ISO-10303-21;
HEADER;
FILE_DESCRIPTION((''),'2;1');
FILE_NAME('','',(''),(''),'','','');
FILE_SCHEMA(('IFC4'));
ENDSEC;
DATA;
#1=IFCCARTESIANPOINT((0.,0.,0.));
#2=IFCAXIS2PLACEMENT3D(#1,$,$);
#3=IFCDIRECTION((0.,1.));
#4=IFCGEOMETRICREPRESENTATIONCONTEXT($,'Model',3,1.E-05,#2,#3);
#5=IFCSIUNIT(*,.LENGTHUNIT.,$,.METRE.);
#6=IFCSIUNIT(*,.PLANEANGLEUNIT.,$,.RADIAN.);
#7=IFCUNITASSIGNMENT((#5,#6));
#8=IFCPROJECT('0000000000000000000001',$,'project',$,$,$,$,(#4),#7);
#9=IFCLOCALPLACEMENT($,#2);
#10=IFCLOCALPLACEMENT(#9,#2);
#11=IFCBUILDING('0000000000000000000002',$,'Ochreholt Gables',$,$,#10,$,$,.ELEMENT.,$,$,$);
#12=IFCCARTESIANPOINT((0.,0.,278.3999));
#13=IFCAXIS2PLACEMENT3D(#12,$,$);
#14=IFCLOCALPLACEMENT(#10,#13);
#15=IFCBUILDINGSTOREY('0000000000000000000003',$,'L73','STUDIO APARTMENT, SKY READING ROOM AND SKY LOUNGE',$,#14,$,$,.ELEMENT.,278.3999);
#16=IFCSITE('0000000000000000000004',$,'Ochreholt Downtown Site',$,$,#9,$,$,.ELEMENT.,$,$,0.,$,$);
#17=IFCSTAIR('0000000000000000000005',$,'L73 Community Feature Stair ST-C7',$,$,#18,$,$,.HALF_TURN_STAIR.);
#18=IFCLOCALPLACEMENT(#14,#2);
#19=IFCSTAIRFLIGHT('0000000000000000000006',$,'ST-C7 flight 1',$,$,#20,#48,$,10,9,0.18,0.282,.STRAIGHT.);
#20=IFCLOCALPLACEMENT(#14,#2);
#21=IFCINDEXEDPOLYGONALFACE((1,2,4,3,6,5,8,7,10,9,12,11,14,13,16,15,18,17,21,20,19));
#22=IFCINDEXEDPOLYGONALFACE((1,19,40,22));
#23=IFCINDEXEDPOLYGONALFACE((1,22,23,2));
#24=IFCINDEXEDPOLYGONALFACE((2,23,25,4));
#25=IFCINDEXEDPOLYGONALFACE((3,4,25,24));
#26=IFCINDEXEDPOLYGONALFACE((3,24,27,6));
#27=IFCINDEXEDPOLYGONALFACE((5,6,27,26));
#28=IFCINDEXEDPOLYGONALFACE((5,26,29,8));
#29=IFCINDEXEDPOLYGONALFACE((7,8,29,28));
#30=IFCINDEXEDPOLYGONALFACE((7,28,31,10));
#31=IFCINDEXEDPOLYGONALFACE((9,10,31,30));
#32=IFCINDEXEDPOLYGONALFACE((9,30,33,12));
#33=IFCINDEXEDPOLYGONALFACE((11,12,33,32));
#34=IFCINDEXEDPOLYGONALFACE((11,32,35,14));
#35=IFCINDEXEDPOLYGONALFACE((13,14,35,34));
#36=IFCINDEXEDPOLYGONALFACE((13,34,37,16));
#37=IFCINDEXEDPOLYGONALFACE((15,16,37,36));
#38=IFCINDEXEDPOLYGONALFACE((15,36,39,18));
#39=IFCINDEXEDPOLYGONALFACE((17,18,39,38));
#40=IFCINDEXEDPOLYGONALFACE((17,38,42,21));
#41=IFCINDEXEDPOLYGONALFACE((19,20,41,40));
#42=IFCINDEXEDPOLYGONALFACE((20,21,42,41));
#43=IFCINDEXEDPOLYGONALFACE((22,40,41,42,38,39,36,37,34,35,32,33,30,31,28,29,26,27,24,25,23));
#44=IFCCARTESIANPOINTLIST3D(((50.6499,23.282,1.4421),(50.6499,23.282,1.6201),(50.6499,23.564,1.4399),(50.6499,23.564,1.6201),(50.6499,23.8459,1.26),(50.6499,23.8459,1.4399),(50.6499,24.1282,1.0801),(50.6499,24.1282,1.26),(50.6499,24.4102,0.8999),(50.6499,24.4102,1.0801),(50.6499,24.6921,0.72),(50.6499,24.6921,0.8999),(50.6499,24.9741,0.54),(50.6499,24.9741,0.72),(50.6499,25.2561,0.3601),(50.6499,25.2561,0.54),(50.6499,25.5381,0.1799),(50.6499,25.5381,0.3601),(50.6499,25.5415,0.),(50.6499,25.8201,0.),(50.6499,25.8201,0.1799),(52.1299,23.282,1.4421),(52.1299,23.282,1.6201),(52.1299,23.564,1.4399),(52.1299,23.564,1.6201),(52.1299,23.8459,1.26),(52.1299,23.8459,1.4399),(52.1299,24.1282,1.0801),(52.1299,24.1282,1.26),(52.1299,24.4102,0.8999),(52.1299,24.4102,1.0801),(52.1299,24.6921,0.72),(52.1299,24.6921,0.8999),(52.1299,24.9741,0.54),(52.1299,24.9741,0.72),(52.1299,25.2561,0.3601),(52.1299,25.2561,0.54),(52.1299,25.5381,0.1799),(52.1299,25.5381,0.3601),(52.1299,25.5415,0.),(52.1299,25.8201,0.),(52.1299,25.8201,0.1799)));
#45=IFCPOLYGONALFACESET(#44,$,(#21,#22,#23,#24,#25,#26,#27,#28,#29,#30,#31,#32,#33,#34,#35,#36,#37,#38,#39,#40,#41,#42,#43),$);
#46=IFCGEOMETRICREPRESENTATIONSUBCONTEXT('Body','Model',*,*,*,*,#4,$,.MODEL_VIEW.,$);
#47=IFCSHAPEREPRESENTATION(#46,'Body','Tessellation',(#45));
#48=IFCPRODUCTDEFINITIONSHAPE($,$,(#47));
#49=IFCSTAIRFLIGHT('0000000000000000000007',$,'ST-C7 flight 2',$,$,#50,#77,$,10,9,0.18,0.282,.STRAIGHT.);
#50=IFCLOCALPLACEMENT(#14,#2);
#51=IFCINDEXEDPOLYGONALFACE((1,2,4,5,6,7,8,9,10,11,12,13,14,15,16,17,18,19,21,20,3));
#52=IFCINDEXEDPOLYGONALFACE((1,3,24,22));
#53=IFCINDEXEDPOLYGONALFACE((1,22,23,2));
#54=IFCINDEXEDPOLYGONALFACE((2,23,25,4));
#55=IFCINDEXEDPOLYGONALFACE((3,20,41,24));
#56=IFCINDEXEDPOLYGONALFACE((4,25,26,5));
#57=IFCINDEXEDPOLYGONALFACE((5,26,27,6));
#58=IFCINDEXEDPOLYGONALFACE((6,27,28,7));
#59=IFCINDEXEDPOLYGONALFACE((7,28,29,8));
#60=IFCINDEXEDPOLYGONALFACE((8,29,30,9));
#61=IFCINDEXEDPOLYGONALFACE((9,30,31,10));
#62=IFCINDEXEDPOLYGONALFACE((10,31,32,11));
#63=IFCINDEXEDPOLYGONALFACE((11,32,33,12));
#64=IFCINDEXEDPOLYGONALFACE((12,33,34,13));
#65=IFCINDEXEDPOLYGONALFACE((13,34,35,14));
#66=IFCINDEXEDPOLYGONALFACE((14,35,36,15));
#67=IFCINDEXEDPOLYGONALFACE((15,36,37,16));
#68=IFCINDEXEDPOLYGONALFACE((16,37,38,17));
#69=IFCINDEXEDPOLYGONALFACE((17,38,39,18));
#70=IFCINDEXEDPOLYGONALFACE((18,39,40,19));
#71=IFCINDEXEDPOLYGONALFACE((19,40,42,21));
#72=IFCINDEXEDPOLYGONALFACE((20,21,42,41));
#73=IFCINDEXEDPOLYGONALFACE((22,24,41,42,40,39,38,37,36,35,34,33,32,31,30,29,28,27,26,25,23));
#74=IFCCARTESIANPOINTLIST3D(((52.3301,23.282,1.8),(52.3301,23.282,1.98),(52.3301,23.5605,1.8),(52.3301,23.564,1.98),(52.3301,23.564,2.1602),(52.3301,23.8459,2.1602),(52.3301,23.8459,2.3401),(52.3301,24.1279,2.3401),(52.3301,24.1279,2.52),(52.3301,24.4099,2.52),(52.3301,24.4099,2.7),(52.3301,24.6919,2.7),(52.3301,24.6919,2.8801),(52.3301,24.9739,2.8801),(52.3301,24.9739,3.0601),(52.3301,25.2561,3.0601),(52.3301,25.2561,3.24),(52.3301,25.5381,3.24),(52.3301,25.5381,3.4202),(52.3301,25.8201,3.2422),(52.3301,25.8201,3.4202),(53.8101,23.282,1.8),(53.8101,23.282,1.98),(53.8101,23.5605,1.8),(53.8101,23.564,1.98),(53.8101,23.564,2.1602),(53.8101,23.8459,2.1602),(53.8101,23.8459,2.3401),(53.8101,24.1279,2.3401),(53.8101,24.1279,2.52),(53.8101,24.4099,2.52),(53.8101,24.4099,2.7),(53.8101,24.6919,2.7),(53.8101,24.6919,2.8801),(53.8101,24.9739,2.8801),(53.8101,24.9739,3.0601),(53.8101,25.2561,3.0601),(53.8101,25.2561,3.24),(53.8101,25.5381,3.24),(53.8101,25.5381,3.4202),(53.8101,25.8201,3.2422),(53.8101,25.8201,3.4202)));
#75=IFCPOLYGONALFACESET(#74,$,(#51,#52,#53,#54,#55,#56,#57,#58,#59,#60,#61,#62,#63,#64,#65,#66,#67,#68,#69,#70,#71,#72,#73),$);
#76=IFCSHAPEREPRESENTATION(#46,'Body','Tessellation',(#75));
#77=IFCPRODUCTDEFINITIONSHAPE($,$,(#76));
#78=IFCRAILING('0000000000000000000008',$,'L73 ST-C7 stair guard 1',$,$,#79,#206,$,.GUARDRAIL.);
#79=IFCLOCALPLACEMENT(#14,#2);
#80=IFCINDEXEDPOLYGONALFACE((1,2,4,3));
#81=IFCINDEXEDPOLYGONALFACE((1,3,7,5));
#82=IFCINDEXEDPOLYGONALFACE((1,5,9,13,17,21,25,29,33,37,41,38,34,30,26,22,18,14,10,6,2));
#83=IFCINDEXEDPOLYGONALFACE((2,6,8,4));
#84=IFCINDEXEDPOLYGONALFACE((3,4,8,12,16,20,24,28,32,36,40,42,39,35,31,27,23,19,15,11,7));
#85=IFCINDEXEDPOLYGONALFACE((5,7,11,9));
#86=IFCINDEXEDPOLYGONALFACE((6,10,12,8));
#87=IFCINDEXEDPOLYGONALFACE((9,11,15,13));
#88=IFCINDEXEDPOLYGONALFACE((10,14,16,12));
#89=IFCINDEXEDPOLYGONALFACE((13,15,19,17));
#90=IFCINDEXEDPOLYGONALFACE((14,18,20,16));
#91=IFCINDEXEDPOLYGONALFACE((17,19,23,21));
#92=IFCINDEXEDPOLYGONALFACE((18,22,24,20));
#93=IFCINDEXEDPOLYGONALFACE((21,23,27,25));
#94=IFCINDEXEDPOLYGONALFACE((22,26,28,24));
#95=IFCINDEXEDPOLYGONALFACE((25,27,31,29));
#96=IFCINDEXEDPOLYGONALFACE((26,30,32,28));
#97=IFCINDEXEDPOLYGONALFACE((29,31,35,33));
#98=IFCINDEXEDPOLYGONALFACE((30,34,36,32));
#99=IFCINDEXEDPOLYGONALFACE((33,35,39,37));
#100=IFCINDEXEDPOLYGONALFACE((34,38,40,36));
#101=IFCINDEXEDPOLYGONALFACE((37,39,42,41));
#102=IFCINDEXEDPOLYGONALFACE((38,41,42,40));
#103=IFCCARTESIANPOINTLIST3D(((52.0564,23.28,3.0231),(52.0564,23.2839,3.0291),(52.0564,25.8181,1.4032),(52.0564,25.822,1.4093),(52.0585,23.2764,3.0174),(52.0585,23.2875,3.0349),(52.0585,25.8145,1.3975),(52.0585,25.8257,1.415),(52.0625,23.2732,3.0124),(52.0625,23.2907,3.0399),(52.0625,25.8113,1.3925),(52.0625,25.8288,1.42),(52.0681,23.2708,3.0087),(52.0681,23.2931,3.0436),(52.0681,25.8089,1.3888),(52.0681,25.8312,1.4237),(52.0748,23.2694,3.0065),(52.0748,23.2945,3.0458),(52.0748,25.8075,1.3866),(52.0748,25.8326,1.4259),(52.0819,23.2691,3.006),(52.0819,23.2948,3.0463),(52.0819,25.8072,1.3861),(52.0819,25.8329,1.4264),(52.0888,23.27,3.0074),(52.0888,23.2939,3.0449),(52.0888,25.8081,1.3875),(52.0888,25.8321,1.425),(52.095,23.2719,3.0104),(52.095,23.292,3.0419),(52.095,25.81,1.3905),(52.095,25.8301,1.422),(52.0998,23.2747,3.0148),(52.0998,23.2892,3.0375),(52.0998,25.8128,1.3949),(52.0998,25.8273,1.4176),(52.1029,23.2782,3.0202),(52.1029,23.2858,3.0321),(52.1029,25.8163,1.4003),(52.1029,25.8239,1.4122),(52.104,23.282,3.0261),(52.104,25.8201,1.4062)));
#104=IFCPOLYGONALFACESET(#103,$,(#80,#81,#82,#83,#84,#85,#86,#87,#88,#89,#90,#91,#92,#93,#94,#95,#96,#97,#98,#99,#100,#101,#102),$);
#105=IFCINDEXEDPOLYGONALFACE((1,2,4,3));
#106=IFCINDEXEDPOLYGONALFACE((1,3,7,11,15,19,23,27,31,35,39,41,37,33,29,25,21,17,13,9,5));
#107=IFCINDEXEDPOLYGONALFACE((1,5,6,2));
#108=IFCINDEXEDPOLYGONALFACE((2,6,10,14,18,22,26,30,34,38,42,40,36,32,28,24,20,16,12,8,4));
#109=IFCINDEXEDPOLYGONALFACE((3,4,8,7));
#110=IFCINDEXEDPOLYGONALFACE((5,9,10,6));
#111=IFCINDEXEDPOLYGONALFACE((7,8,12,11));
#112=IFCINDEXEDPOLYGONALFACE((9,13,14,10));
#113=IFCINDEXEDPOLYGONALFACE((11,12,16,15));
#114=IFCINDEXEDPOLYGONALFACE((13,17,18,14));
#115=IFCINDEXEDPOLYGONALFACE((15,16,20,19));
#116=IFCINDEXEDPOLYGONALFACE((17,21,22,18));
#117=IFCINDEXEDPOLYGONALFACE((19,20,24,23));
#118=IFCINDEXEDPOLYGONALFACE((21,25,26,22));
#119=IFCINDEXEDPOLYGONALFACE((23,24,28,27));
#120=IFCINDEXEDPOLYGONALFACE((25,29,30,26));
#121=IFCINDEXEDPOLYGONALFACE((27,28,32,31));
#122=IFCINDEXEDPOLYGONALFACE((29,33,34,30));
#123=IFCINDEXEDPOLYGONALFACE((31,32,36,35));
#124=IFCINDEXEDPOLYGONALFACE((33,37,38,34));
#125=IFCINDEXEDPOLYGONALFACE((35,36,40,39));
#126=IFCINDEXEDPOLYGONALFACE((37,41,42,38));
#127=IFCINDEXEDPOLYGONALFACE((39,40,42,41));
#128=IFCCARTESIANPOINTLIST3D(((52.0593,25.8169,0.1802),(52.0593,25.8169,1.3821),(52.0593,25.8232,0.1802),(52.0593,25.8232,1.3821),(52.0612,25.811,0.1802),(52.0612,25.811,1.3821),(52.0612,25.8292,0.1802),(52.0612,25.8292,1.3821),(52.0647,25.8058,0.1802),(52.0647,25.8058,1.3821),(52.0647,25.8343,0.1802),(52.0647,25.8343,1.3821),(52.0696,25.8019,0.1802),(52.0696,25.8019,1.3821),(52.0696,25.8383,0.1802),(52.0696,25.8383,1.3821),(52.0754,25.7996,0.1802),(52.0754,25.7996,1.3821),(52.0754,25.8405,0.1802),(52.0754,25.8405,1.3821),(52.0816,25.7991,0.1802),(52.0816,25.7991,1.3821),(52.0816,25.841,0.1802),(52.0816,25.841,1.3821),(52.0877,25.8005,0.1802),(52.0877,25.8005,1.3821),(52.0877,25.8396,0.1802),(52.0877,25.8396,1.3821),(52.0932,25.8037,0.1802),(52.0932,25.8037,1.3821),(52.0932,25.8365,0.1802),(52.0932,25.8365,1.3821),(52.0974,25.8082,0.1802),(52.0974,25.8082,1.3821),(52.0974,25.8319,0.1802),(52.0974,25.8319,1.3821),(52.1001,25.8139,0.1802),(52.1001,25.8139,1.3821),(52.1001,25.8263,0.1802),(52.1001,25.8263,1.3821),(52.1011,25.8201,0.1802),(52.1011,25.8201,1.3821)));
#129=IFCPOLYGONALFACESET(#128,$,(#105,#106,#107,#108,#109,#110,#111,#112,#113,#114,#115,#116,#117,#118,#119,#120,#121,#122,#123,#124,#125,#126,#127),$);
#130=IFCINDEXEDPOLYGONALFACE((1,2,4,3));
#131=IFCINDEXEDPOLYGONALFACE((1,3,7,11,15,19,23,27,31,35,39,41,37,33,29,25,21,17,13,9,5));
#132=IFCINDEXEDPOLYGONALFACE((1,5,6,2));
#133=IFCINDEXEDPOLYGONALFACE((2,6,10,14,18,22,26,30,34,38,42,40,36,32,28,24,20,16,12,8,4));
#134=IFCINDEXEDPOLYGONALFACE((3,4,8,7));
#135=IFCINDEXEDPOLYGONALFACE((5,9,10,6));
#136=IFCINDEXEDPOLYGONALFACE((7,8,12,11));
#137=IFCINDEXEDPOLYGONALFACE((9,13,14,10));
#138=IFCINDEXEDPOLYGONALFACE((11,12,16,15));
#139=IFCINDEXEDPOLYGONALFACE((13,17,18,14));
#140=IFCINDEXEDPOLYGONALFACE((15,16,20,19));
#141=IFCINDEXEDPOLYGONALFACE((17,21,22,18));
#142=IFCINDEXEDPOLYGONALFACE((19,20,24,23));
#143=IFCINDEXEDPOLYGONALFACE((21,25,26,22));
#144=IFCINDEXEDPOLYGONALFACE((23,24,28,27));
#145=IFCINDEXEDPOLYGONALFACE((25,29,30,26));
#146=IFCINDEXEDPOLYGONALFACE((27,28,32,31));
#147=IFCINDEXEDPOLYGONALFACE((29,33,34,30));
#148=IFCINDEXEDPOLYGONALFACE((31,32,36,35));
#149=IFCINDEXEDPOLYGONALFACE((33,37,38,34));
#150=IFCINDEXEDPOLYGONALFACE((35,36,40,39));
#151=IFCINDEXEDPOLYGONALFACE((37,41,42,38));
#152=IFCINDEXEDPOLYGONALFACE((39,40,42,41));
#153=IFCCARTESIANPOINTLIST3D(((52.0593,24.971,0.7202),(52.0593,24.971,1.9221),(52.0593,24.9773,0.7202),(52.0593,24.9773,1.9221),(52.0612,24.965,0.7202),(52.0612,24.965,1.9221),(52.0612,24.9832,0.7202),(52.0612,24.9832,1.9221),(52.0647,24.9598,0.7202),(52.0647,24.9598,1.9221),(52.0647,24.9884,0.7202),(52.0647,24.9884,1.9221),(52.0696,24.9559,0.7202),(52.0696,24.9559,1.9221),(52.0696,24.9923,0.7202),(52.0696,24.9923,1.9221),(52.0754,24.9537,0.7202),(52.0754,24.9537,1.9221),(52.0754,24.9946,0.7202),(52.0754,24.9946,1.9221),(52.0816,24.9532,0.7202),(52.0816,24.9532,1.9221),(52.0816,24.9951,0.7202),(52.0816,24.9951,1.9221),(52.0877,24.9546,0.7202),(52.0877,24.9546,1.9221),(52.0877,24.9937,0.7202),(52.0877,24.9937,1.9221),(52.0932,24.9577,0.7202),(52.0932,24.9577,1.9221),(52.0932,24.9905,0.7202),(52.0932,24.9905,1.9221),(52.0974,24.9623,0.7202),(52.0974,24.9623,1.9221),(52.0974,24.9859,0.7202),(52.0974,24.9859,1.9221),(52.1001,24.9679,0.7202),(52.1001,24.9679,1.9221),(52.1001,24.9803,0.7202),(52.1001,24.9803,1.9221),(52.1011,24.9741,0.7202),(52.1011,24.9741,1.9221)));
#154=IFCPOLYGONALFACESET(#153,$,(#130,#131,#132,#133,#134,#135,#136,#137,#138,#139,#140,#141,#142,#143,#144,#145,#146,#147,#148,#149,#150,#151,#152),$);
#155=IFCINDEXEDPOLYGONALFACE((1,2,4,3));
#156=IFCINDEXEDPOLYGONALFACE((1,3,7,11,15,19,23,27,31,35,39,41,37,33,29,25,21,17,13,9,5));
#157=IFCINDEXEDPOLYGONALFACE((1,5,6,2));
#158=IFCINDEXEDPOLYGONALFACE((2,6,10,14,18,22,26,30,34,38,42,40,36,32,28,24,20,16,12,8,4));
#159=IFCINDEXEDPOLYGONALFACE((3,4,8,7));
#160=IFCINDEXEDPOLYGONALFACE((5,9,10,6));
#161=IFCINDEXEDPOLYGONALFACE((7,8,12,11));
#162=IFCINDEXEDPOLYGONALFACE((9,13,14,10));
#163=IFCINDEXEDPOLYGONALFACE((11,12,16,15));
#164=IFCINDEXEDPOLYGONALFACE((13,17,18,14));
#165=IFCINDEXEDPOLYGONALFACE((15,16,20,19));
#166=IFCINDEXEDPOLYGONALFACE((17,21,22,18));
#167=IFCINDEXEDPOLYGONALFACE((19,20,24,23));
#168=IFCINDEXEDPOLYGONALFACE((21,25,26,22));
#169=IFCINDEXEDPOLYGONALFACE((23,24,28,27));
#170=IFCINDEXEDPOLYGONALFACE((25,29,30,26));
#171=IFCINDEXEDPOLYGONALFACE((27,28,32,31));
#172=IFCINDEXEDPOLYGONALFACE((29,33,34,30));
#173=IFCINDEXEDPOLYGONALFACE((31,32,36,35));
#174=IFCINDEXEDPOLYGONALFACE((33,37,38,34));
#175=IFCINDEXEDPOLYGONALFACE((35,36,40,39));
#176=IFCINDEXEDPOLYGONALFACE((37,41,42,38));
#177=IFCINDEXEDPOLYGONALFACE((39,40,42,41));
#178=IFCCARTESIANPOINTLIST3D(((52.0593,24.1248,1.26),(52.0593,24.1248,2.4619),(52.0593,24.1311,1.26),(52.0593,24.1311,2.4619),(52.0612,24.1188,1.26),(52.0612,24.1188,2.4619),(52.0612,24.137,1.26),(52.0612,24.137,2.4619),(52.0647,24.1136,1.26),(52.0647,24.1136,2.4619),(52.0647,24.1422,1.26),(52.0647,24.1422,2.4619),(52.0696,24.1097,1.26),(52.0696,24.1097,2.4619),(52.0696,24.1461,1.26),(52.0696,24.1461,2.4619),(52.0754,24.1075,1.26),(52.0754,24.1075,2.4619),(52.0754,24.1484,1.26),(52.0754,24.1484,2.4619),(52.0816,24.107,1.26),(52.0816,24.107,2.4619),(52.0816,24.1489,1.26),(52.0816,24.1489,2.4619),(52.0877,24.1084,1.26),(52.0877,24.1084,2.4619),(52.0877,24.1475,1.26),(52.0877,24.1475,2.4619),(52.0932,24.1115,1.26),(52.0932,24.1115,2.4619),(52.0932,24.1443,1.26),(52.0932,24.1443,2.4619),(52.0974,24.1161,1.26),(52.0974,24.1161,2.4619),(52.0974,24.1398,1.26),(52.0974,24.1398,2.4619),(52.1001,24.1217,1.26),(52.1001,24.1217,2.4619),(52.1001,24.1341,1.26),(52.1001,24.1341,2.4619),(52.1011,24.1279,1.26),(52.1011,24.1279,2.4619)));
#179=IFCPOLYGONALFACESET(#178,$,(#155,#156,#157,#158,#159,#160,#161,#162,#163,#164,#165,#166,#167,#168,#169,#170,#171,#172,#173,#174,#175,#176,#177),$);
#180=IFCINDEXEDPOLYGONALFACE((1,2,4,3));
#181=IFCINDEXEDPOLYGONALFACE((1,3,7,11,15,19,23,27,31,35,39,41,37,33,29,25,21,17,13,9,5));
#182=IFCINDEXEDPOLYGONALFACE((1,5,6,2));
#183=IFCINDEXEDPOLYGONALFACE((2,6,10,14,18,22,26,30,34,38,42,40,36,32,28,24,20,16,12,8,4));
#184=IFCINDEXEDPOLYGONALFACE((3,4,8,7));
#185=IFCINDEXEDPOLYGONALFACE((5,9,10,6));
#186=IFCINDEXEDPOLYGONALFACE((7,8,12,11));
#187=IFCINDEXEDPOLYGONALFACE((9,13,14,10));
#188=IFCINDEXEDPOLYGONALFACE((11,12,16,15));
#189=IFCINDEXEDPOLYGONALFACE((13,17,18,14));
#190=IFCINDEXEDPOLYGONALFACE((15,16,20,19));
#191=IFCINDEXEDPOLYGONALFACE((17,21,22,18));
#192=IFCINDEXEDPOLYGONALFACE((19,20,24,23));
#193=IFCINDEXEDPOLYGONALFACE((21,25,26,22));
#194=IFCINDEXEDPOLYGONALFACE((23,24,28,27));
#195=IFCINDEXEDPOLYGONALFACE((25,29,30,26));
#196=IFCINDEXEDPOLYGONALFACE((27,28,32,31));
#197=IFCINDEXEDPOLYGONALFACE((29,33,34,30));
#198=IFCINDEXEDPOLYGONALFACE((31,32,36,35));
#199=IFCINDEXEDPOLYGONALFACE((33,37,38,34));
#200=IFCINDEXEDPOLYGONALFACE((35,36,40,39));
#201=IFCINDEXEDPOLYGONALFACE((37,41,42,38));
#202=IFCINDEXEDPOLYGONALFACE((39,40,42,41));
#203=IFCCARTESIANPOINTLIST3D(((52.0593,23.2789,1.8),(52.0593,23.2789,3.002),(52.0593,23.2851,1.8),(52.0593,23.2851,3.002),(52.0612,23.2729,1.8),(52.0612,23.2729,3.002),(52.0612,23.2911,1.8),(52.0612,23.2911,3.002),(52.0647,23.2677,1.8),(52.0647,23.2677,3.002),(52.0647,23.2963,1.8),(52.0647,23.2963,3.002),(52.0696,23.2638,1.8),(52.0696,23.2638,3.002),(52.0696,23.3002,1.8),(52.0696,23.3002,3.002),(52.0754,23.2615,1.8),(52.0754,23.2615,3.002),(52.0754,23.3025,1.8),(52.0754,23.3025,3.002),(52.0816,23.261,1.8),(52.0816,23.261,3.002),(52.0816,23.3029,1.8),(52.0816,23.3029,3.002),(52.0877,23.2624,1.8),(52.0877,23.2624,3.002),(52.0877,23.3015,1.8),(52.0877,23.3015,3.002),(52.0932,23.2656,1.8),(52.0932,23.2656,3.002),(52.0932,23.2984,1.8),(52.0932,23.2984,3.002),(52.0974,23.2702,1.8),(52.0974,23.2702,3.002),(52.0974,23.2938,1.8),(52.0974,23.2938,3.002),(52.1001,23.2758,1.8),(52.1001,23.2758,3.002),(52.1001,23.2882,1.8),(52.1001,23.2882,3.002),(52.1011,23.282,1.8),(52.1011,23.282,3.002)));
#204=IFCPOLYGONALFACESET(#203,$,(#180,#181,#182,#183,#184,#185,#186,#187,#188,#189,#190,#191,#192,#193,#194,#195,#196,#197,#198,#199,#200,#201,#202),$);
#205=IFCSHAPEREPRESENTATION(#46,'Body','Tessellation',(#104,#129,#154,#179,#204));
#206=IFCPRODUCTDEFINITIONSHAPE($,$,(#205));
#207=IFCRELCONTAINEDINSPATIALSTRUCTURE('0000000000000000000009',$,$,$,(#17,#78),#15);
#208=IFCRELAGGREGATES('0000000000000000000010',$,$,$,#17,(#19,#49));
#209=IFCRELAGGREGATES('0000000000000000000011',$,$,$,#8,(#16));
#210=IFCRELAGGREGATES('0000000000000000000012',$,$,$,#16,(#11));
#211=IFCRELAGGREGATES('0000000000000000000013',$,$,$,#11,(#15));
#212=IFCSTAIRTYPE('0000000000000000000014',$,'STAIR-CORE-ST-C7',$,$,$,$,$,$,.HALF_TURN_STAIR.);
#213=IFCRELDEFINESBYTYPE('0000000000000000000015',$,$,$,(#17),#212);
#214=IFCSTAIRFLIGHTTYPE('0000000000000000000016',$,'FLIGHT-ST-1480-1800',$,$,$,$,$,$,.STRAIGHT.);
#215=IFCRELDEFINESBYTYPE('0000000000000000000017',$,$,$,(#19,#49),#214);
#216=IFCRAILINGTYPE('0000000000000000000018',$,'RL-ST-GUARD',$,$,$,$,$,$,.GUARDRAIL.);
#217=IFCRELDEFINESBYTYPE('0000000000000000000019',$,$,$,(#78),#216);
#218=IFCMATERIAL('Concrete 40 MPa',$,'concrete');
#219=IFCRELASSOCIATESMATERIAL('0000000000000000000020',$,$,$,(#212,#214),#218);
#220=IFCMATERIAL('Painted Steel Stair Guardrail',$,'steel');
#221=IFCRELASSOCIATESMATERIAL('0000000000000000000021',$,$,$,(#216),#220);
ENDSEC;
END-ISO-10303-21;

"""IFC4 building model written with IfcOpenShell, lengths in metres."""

from ifc_helpers import new_model, si_unit, direction, frame, origin, origin_2d, place, context, subcontext, project, spatial, polyline, circle, outline, extrude, material, type_object, element, aggregate, save


model = new_model("IFC4")

# Units and contexts
model_context = context("Model", 3, precision=1e-05, world=origin(), true_north=direction((0.0, 1.0)))
body_context = subcontext(model_context, "Body", "Model", "MODEL_VIEW")
ifc_project = project(units=[si_unit("LENGTHUNIT", "METRE"), si_unit("PLANEANGLEUNIT", "RADIAN")], contexts=[model_context])

# Site, building, storey
site_placement = place(None, origin())
site = spatial("IfcSite", under=ifc_project, at=site_placement, Name="Ochreholt Downtown Site", CompositionType="ELEMENT", RefElevation=0.0)
building_placement = place(site_placement, origin())
building = spatial("IfcBuilding", under=site, at=building_placement, Name="Ochreholt Gables", CompositionType="ELEMENT")
storey_placement = place(building_placement, frame((0.0, 0.0, 278.3999)))
storey = spatial("IfcBuildingStorey", under=building, at=storey_placement, Name="L73", Description="STUDIO APARTMENT, SKY READING ROOM AND SKY LOUNGE", CompositionType="ELEMENT", Elevation=278.3999)

# Stair, stair flights
ifc_material_1 = material(Name="Concrete 40 MPa", Category="concrete")
stair_type = type_object("IfcStairType", Name="STAIR-CORE-ST-C7", PredefinedType="HALF_TURN_STAIR", material=ifc_material_1)
stair_placement = place(storey_placement, origin())
stair = element("IfcStair", 1, at=stair_placement, inside=storey, type_object=stair_type, Name="L73 Community Feature Stair ST-C7", PredefinedType="HALF_TURN_STAIR")
stair_flight_type = type_object("IfcStairFlightType", Name="FLIGHT-ST-1480-1800", PredefinedType="STRAIGHT", material=ifc_material_1)
stair_flight_1_placement = place(storey_placement, frame((51.3899, 25.8201, 0.0), z_axis=(0.0, 0.0, 1.0), x_axis=(0.0, -1.0, 0.0)))
stair_flight_1 = element("IfcStairFlight", 2, at=stair_flight_1_placement, type_object=stair_flight_type, Name="ST-C7 flight 1", NumberOfRisers=10, NumberOfTreads=9, PredefinedType="STRAIGHT", RiserHeight=0.18, TreadLength=0.282, context=body_context, shape_type="SweptSolid", body=[
    extrude(outline(polyline([(0.0, 0.0), (0.0, 0.1799), (0.282, 0.1799), (0.282, 0.3601), (0.564, 0.3601), (0.564, 0.54), (0.8459, 0.54), (0.8459, 0.72), (1.1279, 0.72), (1.1279, 0.8999), (1.4099, 0.8999), (1.4099, 1.0801), (1.6919, 1.0801), (1.6919, 1.26), (1.9741, 1.26), (1.9741, 1.4399), (2.2561, 1.4399), (2.2561, 1.6201), (2.5381, 1.6201), (2.5381, 1.8), (2.5381, 1.4421), (0.2786, 0.0), (0.0, 0.0)])), frame((0.0, 0.74, 0.0), z_axis=(0.0, -1.0, 0.0), x_axis=(1.0, 0.0, 0.0)), (0.0, 0.0, 1.0), 1.48),
])
stair_flight_2_placement = place(storey_placement, frame((53.0701, 23.282, 1.8), z_axis=(0.0, 0.0, 1.0), x_axis=(0.0, 1.0, 0.0)))
stair_flight_2 = element("IfcStairFlight", 3, at=stair_flight_2_placement, type_object=stair_flight_type, Name="ST-C7 flight 2", NumberOfRisers=10, NumberOfTreads=9, PredefinedType="STRAIGHT", RiserHeight=0.18, TreadLength=0.282, context=body_context, shape_type="SweptSolid", body=[
    extrude(outline(polyline([(0.0, 0.0), (0.0, 0.1799), (0.282, 0.1799), (0.282, 0.3601), (0.564, 0.3601), (0.564, 0.54), (0.8459, 0.54), (0.8459, 0.72), (1.1279, 0.72), (1.1279, 0.8999), (1.4099, 0.8999), (1.4099, 1.0801), (1.6919, 1.0801), (1.6919, 1.26), (1.9741, 1.26), (1.9741, 1.4399), (2.2561, 1.4399), (2.2561, 1.6201), (2.5381, 1.6201), (2.5381, 1.8), (2.5381, 1.4421), (0.2786, 0.0), (0.0, 0.0)])), frame((0.0, 0.74, 0.0), z_axis=(0.0, -1.0, 0.0), x_axis=(1.0, 0.0, 0.0)), (0.0, 0.0, 1.0), 1.48),
])
aggregate(stair, [stair_flight_1, stair_flight_2])

# Railing
ifc_material_2 = material(Name="Painted Steel Stair Guardrail", Category="steel")
railing_type_1 = type_object("IfcRailingType", Name="RL-ST-GUARD", PredefinedType="GUARDRAIL", material=ifc_material_2)
railing_1_placement = place(storey_placement, frame((52.0801, 25.8201, 0.1802)))
element("IfcRailing", 4, at=railing_1_placement, inside=storey, type_object=railing_type_1, Name="L73 ST-C7 stair guard 1", PredefinedType="GUARDRAIL", context=body_context, shape_type="SweptSolid", body=[
    extrude(circle(Radius=0.0239, at=origin_2d()), frame((0.0, 0.0, 1.2261), z_axis=(0.0, -0.84295, 0.537993), x_axis=(1.0, 0.0, 0.0)), (0.0, 0.0, 1.0), 3.011),
    extrude(circle(Radius=0.021, at=origin_2d()), origin(), (0.0, 0.0, 1.0), 1.2019),
    extrude(circle(Radius=0.021, at=origin_2d()), frame((0.0, -0.8459, 0.54)), (0.0, 0.0, 1.0), 1.2019),
    extrude(circle(Radius=0.021, at=origin_2d()), frame((0.0, -1.6921, 1.0798)), (0.0, 0.0, 1.0), 1.2019),
    extrude(circle(Radius=0.021, at=origin_2d()), frame((0.0, -2.5381, 1.6199)), (0.0, 0.0, 1.0), 1.2019),
])

save(model, "model.ifc")
